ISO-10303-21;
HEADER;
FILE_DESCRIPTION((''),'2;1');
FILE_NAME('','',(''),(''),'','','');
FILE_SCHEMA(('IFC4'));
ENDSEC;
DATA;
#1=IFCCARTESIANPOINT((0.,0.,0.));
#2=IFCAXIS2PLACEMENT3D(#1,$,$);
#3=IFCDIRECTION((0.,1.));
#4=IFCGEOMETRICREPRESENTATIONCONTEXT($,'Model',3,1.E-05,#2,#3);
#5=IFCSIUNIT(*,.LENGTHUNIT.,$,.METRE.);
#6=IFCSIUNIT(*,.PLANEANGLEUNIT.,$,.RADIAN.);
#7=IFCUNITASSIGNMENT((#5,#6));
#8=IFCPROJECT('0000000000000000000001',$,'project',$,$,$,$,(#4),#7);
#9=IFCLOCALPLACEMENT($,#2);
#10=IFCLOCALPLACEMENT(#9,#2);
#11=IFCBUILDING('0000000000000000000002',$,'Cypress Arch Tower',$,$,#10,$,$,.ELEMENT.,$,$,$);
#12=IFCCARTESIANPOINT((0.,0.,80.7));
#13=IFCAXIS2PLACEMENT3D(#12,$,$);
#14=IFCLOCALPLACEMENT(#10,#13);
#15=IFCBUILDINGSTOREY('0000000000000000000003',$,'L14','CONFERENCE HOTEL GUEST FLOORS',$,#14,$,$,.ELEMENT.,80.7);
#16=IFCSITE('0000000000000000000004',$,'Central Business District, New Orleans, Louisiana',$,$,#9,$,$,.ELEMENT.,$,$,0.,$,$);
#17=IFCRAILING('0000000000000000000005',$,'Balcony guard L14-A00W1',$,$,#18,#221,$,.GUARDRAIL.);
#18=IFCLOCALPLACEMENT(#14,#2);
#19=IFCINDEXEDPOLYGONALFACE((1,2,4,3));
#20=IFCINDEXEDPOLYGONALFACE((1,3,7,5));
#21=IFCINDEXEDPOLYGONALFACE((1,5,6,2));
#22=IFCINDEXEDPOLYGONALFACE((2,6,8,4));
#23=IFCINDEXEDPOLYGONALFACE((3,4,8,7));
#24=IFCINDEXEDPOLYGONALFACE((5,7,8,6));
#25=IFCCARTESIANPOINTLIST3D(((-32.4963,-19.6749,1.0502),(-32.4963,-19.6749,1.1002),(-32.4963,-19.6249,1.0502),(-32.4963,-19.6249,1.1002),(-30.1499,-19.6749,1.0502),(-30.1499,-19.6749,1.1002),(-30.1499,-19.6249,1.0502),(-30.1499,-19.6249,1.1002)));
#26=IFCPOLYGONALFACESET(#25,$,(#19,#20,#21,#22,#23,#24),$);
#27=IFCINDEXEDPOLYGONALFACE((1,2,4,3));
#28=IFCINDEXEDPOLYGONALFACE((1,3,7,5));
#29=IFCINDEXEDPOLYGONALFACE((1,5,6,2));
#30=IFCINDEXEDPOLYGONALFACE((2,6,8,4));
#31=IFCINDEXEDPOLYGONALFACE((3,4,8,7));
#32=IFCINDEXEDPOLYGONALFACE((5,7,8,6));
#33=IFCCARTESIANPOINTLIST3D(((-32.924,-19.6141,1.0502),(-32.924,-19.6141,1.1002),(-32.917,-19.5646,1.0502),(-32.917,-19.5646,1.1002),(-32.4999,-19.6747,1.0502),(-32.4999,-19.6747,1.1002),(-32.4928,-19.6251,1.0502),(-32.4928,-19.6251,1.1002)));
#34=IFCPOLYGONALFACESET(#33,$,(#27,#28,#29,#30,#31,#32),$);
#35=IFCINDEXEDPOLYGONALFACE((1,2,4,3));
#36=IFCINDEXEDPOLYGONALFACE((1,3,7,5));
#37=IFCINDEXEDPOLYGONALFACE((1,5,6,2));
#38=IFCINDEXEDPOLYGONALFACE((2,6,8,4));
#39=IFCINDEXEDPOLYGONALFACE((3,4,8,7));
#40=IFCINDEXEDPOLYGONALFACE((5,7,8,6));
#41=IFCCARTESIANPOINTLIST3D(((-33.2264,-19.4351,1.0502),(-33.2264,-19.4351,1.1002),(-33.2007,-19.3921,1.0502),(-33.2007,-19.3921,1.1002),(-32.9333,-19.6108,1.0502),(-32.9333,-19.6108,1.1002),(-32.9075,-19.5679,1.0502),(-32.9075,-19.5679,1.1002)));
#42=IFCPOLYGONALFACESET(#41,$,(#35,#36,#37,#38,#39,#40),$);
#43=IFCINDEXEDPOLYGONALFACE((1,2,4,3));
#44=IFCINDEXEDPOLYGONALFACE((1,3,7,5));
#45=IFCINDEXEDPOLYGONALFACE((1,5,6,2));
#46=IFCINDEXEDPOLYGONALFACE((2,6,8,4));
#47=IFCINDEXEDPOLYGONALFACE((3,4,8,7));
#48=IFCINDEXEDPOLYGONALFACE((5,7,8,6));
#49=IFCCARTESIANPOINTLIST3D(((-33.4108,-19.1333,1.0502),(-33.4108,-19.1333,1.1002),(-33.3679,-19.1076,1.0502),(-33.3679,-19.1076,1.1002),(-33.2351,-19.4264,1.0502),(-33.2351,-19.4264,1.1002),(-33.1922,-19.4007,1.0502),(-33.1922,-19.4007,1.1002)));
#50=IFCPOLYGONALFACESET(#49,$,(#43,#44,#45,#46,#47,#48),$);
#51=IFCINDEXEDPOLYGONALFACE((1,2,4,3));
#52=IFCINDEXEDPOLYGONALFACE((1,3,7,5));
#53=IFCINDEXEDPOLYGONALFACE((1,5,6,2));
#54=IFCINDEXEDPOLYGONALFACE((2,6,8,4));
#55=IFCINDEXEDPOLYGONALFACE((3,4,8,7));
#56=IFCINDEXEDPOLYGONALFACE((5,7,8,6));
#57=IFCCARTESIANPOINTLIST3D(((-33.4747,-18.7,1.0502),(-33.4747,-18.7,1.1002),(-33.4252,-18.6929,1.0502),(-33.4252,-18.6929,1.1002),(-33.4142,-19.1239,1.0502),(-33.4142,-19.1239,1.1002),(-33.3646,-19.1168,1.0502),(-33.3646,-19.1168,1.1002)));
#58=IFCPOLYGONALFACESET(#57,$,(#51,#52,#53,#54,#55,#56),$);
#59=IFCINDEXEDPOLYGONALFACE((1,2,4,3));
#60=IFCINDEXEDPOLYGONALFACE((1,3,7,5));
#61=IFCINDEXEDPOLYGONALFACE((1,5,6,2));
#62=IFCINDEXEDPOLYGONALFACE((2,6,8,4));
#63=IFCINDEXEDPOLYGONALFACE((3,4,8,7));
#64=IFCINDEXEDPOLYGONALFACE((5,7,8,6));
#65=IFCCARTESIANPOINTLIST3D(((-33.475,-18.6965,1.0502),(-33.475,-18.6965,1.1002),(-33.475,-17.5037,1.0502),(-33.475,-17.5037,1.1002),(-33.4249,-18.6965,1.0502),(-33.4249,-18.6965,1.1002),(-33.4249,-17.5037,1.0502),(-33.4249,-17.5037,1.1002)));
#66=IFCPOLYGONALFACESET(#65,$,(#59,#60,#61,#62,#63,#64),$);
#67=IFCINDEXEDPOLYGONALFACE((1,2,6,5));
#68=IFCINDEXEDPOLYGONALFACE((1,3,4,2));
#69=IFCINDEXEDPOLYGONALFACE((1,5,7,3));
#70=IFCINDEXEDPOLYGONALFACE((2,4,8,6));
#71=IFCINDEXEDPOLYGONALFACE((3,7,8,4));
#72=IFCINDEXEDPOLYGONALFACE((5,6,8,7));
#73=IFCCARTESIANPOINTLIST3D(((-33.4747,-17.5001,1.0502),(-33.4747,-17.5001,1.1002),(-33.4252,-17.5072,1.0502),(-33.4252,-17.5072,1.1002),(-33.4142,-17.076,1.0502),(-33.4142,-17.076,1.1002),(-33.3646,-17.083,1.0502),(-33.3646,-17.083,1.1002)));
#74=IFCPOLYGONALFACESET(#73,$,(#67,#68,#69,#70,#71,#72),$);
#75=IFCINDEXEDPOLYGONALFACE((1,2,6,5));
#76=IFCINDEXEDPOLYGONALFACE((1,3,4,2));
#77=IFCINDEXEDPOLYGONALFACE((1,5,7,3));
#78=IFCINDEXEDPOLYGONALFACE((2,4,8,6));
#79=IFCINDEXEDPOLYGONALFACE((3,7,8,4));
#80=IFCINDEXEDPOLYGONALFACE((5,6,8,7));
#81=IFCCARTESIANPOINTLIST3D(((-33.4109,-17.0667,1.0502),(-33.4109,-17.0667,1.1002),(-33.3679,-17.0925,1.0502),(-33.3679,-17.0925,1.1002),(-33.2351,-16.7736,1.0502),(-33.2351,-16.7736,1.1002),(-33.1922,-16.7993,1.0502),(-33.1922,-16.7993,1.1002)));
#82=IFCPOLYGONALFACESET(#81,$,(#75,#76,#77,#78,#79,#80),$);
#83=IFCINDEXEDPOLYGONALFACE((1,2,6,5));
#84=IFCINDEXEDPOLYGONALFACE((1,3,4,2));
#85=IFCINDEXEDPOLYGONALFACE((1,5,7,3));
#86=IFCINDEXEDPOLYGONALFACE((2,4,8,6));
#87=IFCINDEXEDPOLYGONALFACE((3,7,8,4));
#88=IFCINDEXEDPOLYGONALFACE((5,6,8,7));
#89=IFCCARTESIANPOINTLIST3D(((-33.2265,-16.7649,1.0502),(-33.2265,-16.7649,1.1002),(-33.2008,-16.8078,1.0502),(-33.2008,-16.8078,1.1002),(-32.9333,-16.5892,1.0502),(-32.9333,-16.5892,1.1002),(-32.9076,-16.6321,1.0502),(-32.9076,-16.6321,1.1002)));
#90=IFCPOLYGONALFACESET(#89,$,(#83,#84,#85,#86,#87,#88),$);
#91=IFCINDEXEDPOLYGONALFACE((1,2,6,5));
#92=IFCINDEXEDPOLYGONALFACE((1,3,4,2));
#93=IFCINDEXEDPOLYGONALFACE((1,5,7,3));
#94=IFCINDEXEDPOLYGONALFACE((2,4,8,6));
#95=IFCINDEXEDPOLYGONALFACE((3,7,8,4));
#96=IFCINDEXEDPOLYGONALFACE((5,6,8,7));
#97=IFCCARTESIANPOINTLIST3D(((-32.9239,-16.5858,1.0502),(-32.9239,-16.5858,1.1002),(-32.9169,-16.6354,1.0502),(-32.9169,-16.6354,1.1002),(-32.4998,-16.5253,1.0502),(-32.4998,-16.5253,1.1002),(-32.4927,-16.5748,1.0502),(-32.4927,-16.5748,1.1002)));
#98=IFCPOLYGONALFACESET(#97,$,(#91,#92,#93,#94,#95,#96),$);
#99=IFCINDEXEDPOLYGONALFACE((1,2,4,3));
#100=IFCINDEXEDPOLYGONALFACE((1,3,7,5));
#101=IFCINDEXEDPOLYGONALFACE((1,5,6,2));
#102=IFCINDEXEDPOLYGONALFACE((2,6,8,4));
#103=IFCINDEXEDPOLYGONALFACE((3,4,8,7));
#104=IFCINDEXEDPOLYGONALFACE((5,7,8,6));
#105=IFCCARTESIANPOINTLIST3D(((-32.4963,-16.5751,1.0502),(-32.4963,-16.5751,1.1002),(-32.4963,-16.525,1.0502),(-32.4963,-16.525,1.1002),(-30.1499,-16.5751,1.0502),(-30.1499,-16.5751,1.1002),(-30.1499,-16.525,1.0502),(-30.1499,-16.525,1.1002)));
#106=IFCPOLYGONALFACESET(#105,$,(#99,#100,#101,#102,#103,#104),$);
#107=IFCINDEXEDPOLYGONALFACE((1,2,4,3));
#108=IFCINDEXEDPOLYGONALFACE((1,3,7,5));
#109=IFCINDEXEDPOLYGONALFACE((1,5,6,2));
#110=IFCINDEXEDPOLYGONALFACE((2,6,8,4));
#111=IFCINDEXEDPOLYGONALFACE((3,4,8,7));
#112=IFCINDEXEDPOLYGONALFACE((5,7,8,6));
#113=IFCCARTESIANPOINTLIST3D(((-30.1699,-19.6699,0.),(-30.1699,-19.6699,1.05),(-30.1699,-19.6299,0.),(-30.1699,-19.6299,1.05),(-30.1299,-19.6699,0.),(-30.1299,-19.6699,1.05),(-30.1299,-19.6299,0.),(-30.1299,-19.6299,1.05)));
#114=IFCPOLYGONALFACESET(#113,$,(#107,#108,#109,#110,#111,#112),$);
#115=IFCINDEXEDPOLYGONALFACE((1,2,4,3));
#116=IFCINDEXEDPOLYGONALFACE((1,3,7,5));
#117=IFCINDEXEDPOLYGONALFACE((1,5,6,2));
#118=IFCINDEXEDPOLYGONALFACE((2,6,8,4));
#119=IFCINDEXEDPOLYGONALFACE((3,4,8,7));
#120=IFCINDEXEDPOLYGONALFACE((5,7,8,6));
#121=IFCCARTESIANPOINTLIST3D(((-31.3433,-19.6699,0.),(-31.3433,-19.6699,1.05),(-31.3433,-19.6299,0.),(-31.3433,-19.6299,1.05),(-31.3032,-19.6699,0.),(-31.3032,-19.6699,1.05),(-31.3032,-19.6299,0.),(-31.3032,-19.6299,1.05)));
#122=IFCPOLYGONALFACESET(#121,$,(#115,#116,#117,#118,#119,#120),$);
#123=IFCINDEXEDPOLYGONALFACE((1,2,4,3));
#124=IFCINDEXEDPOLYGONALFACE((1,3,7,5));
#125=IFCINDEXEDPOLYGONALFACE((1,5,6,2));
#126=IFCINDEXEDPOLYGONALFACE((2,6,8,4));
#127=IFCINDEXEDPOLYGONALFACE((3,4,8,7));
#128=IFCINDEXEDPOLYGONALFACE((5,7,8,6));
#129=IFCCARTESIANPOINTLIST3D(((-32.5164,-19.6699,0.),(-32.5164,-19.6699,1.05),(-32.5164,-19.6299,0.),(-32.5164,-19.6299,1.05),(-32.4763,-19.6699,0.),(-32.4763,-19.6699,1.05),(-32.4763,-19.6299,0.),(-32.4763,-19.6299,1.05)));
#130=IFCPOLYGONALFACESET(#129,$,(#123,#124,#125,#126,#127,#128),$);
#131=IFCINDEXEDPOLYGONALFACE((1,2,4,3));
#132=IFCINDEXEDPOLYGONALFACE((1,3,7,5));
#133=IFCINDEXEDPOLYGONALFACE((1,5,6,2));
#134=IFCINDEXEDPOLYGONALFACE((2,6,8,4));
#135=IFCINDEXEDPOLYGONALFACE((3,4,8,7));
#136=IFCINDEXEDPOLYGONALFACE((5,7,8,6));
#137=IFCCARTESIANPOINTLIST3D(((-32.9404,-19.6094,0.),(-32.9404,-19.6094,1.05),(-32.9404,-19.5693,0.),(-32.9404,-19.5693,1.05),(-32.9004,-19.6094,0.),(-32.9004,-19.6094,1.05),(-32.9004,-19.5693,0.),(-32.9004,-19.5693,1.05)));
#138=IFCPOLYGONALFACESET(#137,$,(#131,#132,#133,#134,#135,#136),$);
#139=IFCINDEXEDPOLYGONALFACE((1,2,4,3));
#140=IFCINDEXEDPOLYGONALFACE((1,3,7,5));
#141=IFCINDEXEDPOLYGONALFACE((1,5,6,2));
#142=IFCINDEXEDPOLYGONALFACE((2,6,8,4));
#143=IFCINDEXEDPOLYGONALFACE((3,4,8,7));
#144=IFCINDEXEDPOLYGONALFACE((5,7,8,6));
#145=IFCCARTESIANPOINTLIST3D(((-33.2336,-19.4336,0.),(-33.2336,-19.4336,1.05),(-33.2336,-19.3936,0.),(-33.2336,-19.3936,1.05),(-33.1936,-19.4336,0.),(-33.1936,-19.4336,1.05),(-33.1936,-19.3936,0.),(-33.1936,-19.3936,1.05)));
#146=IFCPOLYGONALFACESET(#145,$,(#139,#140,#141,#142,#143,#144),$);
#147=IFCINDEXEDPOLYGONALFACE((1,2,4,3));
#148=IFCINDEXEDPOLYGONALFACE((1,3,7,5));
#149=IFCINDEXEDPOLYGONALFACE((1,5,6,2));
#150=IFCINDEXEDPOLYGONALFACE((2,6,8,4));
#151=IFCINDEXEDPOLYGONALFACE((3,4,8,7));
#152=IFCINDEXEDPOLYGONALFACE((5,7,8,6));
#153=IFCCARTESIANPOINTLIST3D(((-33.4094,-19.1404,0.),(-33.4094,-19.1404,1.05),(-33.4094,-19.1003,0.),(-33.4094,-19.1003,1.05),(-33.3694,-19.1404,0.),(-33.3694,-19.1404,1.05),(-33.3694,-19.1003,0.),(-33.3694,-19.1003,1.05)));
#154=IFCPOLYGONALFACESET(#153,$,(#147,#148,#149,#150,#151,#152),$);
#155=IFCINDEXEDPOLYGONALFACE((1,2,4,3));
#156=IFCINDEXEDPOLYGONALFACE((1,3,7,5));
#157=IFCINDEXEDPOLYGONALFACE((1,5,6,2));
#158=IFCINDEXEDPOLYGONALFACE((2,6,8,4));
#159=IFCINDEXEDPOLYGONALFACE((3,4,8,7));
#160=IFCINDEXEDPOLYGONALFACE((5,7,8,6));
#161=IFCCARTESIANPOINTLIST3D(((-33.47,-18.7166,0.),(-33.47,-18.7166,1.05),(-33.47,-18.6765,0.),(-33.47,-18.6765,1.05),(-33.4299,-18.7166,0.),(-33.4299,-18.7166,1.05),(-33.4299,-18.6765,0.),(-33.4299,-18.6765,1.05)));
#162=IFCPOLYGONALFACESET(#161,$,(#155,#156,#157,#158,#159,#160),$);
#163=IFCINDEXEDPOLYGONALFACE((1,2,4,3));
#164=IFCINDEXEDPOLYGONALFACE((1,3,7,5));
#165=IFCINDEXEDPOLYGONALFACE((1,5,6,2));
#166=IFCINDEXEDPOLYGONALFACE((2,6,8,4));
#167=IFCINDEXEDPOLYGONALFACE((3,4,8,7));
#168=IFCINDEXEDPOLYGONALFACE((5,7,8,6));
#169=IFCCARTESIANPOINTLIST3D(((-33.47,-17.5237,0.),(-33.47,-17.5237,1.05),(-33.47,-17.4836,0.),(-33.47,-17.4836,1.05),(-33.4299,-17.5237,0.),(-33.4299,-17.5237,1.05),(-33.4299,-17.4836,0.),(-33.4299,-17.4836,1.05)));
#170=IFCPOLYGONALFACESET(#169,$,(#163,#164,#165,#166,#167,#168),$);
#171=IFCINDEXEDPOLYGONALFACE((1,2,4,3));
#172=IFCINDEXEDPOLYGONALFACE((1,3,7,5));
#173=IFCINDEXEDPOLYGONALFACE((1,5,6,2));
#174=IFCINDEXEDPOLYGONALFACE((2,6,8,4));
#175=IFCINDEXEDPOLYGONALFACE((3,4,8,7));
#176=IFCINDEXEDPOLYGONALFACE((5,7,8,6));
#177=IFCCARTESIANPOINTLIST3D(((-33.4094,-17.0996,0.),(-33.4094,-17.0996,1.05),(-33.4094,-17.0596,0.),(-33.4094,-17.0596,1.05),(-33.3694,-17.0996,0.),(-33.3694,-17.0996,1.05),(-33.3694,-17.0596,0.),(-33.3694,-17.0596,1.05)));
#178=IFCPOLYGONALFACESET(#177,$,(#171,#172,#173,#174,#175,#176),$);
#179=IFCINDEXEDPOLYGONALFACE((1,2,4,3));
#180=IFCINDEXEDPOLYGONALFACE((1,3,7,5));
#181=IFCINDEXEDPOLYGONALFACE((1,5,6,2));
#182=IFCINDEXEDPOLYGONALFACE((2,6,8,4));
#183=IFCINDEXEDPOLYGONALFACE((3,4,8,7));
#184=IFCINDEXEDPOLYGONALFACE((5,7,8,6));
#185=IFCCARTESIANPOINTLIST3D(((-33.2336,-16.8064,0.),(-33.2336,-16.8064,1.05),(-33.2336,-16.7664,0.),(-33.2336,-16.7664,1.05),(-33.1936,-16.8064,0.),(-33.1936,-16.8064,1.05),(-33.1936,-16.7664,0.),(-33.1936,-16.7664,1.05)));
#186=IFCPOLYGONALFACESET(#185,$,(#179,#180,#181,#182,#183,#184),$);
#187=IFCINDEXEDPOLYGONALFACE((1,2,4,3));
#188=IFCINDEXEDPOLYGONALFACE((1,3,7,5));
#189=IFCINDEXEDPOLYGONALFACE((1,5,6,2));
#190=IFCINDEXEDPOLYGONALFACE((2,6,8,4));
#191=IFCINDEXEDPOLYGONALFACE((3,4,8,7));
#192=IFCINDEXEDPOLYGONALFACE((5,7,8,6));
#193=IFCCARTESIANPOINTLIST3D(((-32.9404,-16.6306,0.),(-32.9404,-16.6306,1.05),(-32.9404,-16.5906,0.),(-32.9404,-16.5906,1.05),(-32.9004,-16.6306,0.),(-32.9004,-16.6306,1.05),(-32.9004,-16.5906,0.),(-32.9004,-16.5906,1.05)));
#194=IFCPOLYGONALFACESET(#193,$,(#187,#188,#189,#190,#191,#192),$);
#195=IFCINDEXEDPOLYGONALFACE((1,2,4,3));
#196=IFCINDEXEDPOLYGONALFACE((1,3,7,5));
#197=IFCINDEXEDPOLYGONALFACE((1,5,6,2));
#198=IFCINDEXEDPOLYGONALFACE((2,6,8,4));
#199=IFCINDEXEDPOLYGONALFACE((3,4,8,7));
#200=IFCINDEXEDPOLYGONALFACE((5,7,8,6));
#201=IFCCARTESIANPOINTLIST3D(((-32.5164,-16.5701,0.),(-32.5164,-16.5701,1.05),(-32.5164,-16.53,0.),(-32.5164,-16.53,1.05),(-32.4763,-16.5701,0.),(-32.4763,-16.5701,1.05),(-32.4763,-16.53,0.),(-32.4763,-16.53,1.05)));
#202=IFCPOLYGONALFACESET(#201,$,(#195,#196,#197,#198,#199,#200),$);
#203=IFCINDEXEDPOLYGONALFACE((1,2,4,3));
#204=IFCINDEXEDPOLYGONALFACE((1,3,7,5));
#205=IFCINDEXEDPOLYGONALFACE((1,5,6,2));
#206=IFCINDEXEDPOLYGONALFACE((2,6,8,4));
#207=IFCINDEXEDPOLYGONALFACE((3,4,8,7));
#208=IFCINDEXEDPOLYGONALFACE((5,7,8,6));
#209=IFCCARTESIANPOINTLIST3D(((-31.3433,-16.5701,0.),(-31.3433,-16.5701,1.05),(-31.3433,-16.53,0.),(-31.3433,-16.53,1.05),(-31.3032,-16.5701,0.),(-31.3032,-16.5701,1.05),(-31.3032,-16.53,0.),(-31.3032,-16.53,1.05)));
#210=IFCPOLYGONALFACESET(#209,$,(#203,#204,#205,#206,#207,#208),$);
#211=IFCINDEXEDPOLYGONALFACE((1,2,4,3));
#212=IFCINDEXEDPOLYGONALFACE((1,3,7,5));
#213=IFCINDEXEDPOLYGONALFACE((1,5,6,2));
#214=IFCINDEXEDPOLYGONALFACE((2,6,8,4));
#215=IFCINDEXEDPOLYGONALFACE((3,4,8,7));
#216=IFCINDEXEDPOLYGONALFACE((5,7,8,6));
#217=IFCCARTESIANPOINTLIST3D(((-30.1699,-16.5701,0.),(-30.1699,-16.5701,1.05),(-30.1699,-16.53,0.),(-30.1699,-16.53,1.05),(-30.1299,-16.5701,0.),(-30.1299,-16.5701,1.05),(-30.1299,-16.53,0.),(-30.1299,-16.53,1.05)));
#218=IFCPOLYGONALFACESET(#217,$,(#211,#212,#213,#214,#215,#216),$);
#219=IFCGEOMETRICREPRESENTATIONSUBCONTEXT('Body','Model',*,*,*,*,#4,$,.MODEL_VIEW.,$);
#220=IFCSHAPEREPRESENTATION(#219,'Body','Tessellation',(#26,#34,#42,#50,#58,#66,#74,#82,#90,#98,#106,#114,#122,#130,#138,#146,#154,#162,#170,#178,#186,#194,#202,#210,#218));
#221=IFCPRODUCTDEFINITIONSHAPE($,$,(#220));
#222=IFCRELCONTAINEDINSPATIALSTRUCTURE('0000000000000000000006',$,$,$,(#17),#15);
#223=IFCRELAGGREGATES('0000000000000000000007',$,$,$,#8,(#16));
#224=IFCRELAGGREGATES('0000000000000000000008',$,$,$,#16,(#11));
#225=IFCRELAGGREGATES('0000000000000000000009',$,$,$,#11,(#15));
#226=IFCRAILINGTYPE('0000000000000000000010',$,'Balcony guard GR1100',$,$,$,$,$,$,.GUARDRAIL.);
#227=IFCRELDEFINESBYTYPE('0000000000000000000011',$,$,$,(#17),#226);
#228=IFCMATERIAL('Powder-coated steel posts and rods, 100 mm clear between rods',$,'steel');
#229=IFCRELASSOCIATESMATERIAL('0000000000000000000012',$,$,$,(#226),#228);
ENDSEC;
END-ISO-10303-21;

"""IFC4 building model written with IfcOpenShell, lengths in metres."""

from ifc_helpers import new_model, si_unit, direction, frame, origin, origin_2d, place, context, subcontext, project, spatial, rectangle, extrude, material, type_object, element, save


model = new_model("IFC4")

# Units and contexts
model_context = context("Model", 3, precision=1e-05, world=origin(), true_north=direction((0.0, 1.0)))
body_context = subcontext(model_context, "Body", "Model", "MODEL_VIEW")
ifc_project = project(units=[si_unit("LENGTHUNIT", "METRE"), si_unit("PLANEANGLEUNIT", "RADIAN")], contexts=[model_context])

# Site, building, storey
site_placement = place(None, origin())
site = spatial("IfcSite", under=ifc_project, at=site_placement, Name="Central Business District, New Orleans, Louisiana", CompositionType="ELEMENT", RefElevation=0.0)
building_placement = place(site_placement, origin())
building = spatial("IfcBuilding", under=site, at=building_placement, Name="Cypress Arch Tower", CompositionType="ELEMENT")
storey_placement = place(building_placement, frame((0.0, 0.0, 80.7)))
storey = spatial("IfcBuildingStorey", under=building, at=storey_placement, Name="L14", Description="CONFERENCE HOTEL GUEST FLOORS", CompositionType="ELEMENT", Elevation=80.7)

# Railing
ifc_material_1 = material(Name="Powder-coated steel posts and rods, 100 mm clear between rods", Category="steel")
railing_type = type_object("IfcRailingType", Name="Balcony guard GR1100", PredefinedType="GUARDRAIL", material=ifc_material_1)
railing_placement = place(storey_placement, frame((-30.1499, -19.6499, 0.0)))
element("IfcRailing", 1, at=railing_placement, inside=storey, type_object=railing_type, Name="Balcony guard L14-A00W1", PredefinedType="GUARDRAIL", context=body_context, shape_type="SweptSolid", body=[
    extrude(rectangle(XDim=0.05, YDim=0.05, at=origin_2d()), frame((0.0, 0.0, 1.0752), z_axis=(-1.0, 0.0, 0.0), x_axis=(0.0, -1.0, 0.0)), (0.0, 0.0, 1.0), 2.3464),
    extrude(rectangle(XDim=0.05, YDim=0.05, at=origin_2d()), frame((-2.3464, 0.0, 1.0752), z_axis=(-0.989961, 0.141342, 0.0), x_axis=(-0.141342, -0.989961, 0.0)), (0.0, 0.0, 1.0), 0.4285),
    extrude(rectangle(XDim=0.05, YDim=0.05, at=origin_2d()), frame((-2.7705, 0.0605, 1.0752), z_axis=(-0.857682, 0.514181, 0.0), x_axis=(-0.514181, -0.857682, 0.0)), (0.0, 0.0, 1.0), 0.3418),
    extrude(rectangle(XDim=0.05, YDim=0.05, at=origin_2d()), frame((-3.0637, 0.2363, 1.0752), z_axis=(-0.514181, 0.857682, 0.0), x_axis=(-0.857682, -0.514181, 0.0)), (0.0, 0.0, 1.0), 0.3418),
    extrude(rectangle(XDim=0.05, YDim=0.05, at=origin_2d()), frame((-3.2395, 0.5295, 1.0752), z_axis=(-0.141421, 0.989949, 0.0), x_axis=(-0.989949, -0.141421, 0.0)), (0.0, 0.0, 1.0), 0.4282),
    extrude(rectangle(XDim=0.05, YDim=0.05, at=origin_2d()), frame((-3.3, 0.9534, 1.0752), z_axis=(0.0, 1.0, 0.0), x_axis=(-1.0, 0.0, 0.0)), (0.0, 0.0, 1.0), 1.1929),
    extrude(rectangle(XDim=0.05, YDim=0.05, at=origin_2d()), frame((-3.3, 2.1462, 1.0752), z_axis=(0.141342, 0.989961, 0.0), x_axis=(-0.989961, 0.141342, 0.0)), (0.0, 0.0, 1.0), 0.4285),
    extrude(rectangle(XDim=0.05, YDim=0.05, at=origin_2d()), frame((-3.2395, 2.5703, 1.0752), z_axis=(0.514181, 0.857682, 0.0), x_axis=(-0.857682, 0.514181, 0.0)), (0.0, 0.0, 1.0), 0.3418),
    extrude(rectangle(XDim=0.05, YDim=0.05, at=origin_2d()), frame((-3.0637, 2.8635, 1.0752), z_axis=(0.857682, 0.514181, 0.0), x_axis=(-0.514181, 0.857682, 0.0)), (0.0, 0.0, 1.0), 0.3418),
    extrude(rectangle(XDim=0.05, YDim=0.05, at=origin_2d()), frame((-2.7705, 3.0393, 1.0752), z_axis=(0.989961, 0.141342, 0.0), x_axis=(-0.141342, 0.989961, 0.0)), (0.0, 0.0, 1.0), 0.4285),
    extrude(rectangle(XDim=0.05, YDim=0.05, at=origin_2d()), frame((-2.3464, 3.0999, 1.0752), z_axis=(1.0, 0.0, 0.0), x_axis=(0.0, 1.0, 0.0)), (0.0, 0.0, 1.0), 2.3464),
    extrude(rectangle(XDim=0.04, YDim=0.04, at=origin_2d()), origin(), (0.0, 0.0, 1.0), 1.05),
    extrude(rectangle(XDim=0.04, YDim=0.04, at=origin_2d()), frame((-1.1733, 0.0, 0.0)), (0.0, 0.0, 1.0), 1.05),
    extrude(rectangle(XDim=0.04, YDim=0.04, at=origin_2d()), frame((-2.3464, 0.0, 0.0)), (0.0, 0.0, 1.0), 1.05),
    extrude(rectangle(XDim=0.04, YDim=0.04, at=origin_2d()), frame((-2.7705, 0.0605, 0.0)), (0.0, 0.0, 1.0), 1.05),
    extrude(rectangle(XDim=0.04, YDim=0.04, at=origin_2d()), frame((-3.0637, 0.2363, 0.0)), (0.0, 0.0, 1.0), 1.05),
    extrude(rectangle(XDim=0.04, YDim=0.04, at=origin_2d()), frame((-3.2395, 0.5295, 0.0)), (0.0, 0.0, 1.0), 1.05),
    extrude(rectangle(XDim=0.04, YDim=0.04, at=origin_2d()), frame((-3.3, 0.9534, 0.0)), (0.0, 0.0, 1.0), 1.05),
    extrude(rectangle(XDim=0.04, YDim=0.04, at=origin_2d()), frame((-3.3, 2.1462, 0.0)), (0.0, 0.0, 1.0), 1.05),
    extrude(rectangle(XDim=0.04, YDim=0.04, at=origin_2d()), frame((-3.2395, 2.5703, 0.0)), (0.0, 0.0, 1.0), 1.05),
    extrude(rectangle(XDim=0.04, YDim=0.04, at=origin_2d()), frame((-3.0637, 2.8635, 0.0)), (0.0, 0.0, 1.0), 1.05),
    extrude(rectangle(XDim=0.04, YDim=0.04, at=origin_2d()), frame((-2.7705, 3.0393, 0.0)), (0.0, 0.0, 1.0), 1.05),
    extrude(rectangle(XDim=0.04, YDim=0.04, at=origin_2d()), frame((-2.3464, 3.0999, 0.0)), (0.0, 0.0, 1.0), 1.05),
    extrude(rectangle(XDim=0.04, YDim=0.04, at=origin_2d()), frame((-1.1733, 3.0999, 0.0)), (0.0, 0.0, 1.0), 1.05),
    extrude(rectangle(XDim=0.04, YDim=0.04, at=origin_2d()), frame((0.0, 3.0999, 0.0)), (0.0, 0.0, 1.0), 1.05),
])

save(model, "model.ifc")
